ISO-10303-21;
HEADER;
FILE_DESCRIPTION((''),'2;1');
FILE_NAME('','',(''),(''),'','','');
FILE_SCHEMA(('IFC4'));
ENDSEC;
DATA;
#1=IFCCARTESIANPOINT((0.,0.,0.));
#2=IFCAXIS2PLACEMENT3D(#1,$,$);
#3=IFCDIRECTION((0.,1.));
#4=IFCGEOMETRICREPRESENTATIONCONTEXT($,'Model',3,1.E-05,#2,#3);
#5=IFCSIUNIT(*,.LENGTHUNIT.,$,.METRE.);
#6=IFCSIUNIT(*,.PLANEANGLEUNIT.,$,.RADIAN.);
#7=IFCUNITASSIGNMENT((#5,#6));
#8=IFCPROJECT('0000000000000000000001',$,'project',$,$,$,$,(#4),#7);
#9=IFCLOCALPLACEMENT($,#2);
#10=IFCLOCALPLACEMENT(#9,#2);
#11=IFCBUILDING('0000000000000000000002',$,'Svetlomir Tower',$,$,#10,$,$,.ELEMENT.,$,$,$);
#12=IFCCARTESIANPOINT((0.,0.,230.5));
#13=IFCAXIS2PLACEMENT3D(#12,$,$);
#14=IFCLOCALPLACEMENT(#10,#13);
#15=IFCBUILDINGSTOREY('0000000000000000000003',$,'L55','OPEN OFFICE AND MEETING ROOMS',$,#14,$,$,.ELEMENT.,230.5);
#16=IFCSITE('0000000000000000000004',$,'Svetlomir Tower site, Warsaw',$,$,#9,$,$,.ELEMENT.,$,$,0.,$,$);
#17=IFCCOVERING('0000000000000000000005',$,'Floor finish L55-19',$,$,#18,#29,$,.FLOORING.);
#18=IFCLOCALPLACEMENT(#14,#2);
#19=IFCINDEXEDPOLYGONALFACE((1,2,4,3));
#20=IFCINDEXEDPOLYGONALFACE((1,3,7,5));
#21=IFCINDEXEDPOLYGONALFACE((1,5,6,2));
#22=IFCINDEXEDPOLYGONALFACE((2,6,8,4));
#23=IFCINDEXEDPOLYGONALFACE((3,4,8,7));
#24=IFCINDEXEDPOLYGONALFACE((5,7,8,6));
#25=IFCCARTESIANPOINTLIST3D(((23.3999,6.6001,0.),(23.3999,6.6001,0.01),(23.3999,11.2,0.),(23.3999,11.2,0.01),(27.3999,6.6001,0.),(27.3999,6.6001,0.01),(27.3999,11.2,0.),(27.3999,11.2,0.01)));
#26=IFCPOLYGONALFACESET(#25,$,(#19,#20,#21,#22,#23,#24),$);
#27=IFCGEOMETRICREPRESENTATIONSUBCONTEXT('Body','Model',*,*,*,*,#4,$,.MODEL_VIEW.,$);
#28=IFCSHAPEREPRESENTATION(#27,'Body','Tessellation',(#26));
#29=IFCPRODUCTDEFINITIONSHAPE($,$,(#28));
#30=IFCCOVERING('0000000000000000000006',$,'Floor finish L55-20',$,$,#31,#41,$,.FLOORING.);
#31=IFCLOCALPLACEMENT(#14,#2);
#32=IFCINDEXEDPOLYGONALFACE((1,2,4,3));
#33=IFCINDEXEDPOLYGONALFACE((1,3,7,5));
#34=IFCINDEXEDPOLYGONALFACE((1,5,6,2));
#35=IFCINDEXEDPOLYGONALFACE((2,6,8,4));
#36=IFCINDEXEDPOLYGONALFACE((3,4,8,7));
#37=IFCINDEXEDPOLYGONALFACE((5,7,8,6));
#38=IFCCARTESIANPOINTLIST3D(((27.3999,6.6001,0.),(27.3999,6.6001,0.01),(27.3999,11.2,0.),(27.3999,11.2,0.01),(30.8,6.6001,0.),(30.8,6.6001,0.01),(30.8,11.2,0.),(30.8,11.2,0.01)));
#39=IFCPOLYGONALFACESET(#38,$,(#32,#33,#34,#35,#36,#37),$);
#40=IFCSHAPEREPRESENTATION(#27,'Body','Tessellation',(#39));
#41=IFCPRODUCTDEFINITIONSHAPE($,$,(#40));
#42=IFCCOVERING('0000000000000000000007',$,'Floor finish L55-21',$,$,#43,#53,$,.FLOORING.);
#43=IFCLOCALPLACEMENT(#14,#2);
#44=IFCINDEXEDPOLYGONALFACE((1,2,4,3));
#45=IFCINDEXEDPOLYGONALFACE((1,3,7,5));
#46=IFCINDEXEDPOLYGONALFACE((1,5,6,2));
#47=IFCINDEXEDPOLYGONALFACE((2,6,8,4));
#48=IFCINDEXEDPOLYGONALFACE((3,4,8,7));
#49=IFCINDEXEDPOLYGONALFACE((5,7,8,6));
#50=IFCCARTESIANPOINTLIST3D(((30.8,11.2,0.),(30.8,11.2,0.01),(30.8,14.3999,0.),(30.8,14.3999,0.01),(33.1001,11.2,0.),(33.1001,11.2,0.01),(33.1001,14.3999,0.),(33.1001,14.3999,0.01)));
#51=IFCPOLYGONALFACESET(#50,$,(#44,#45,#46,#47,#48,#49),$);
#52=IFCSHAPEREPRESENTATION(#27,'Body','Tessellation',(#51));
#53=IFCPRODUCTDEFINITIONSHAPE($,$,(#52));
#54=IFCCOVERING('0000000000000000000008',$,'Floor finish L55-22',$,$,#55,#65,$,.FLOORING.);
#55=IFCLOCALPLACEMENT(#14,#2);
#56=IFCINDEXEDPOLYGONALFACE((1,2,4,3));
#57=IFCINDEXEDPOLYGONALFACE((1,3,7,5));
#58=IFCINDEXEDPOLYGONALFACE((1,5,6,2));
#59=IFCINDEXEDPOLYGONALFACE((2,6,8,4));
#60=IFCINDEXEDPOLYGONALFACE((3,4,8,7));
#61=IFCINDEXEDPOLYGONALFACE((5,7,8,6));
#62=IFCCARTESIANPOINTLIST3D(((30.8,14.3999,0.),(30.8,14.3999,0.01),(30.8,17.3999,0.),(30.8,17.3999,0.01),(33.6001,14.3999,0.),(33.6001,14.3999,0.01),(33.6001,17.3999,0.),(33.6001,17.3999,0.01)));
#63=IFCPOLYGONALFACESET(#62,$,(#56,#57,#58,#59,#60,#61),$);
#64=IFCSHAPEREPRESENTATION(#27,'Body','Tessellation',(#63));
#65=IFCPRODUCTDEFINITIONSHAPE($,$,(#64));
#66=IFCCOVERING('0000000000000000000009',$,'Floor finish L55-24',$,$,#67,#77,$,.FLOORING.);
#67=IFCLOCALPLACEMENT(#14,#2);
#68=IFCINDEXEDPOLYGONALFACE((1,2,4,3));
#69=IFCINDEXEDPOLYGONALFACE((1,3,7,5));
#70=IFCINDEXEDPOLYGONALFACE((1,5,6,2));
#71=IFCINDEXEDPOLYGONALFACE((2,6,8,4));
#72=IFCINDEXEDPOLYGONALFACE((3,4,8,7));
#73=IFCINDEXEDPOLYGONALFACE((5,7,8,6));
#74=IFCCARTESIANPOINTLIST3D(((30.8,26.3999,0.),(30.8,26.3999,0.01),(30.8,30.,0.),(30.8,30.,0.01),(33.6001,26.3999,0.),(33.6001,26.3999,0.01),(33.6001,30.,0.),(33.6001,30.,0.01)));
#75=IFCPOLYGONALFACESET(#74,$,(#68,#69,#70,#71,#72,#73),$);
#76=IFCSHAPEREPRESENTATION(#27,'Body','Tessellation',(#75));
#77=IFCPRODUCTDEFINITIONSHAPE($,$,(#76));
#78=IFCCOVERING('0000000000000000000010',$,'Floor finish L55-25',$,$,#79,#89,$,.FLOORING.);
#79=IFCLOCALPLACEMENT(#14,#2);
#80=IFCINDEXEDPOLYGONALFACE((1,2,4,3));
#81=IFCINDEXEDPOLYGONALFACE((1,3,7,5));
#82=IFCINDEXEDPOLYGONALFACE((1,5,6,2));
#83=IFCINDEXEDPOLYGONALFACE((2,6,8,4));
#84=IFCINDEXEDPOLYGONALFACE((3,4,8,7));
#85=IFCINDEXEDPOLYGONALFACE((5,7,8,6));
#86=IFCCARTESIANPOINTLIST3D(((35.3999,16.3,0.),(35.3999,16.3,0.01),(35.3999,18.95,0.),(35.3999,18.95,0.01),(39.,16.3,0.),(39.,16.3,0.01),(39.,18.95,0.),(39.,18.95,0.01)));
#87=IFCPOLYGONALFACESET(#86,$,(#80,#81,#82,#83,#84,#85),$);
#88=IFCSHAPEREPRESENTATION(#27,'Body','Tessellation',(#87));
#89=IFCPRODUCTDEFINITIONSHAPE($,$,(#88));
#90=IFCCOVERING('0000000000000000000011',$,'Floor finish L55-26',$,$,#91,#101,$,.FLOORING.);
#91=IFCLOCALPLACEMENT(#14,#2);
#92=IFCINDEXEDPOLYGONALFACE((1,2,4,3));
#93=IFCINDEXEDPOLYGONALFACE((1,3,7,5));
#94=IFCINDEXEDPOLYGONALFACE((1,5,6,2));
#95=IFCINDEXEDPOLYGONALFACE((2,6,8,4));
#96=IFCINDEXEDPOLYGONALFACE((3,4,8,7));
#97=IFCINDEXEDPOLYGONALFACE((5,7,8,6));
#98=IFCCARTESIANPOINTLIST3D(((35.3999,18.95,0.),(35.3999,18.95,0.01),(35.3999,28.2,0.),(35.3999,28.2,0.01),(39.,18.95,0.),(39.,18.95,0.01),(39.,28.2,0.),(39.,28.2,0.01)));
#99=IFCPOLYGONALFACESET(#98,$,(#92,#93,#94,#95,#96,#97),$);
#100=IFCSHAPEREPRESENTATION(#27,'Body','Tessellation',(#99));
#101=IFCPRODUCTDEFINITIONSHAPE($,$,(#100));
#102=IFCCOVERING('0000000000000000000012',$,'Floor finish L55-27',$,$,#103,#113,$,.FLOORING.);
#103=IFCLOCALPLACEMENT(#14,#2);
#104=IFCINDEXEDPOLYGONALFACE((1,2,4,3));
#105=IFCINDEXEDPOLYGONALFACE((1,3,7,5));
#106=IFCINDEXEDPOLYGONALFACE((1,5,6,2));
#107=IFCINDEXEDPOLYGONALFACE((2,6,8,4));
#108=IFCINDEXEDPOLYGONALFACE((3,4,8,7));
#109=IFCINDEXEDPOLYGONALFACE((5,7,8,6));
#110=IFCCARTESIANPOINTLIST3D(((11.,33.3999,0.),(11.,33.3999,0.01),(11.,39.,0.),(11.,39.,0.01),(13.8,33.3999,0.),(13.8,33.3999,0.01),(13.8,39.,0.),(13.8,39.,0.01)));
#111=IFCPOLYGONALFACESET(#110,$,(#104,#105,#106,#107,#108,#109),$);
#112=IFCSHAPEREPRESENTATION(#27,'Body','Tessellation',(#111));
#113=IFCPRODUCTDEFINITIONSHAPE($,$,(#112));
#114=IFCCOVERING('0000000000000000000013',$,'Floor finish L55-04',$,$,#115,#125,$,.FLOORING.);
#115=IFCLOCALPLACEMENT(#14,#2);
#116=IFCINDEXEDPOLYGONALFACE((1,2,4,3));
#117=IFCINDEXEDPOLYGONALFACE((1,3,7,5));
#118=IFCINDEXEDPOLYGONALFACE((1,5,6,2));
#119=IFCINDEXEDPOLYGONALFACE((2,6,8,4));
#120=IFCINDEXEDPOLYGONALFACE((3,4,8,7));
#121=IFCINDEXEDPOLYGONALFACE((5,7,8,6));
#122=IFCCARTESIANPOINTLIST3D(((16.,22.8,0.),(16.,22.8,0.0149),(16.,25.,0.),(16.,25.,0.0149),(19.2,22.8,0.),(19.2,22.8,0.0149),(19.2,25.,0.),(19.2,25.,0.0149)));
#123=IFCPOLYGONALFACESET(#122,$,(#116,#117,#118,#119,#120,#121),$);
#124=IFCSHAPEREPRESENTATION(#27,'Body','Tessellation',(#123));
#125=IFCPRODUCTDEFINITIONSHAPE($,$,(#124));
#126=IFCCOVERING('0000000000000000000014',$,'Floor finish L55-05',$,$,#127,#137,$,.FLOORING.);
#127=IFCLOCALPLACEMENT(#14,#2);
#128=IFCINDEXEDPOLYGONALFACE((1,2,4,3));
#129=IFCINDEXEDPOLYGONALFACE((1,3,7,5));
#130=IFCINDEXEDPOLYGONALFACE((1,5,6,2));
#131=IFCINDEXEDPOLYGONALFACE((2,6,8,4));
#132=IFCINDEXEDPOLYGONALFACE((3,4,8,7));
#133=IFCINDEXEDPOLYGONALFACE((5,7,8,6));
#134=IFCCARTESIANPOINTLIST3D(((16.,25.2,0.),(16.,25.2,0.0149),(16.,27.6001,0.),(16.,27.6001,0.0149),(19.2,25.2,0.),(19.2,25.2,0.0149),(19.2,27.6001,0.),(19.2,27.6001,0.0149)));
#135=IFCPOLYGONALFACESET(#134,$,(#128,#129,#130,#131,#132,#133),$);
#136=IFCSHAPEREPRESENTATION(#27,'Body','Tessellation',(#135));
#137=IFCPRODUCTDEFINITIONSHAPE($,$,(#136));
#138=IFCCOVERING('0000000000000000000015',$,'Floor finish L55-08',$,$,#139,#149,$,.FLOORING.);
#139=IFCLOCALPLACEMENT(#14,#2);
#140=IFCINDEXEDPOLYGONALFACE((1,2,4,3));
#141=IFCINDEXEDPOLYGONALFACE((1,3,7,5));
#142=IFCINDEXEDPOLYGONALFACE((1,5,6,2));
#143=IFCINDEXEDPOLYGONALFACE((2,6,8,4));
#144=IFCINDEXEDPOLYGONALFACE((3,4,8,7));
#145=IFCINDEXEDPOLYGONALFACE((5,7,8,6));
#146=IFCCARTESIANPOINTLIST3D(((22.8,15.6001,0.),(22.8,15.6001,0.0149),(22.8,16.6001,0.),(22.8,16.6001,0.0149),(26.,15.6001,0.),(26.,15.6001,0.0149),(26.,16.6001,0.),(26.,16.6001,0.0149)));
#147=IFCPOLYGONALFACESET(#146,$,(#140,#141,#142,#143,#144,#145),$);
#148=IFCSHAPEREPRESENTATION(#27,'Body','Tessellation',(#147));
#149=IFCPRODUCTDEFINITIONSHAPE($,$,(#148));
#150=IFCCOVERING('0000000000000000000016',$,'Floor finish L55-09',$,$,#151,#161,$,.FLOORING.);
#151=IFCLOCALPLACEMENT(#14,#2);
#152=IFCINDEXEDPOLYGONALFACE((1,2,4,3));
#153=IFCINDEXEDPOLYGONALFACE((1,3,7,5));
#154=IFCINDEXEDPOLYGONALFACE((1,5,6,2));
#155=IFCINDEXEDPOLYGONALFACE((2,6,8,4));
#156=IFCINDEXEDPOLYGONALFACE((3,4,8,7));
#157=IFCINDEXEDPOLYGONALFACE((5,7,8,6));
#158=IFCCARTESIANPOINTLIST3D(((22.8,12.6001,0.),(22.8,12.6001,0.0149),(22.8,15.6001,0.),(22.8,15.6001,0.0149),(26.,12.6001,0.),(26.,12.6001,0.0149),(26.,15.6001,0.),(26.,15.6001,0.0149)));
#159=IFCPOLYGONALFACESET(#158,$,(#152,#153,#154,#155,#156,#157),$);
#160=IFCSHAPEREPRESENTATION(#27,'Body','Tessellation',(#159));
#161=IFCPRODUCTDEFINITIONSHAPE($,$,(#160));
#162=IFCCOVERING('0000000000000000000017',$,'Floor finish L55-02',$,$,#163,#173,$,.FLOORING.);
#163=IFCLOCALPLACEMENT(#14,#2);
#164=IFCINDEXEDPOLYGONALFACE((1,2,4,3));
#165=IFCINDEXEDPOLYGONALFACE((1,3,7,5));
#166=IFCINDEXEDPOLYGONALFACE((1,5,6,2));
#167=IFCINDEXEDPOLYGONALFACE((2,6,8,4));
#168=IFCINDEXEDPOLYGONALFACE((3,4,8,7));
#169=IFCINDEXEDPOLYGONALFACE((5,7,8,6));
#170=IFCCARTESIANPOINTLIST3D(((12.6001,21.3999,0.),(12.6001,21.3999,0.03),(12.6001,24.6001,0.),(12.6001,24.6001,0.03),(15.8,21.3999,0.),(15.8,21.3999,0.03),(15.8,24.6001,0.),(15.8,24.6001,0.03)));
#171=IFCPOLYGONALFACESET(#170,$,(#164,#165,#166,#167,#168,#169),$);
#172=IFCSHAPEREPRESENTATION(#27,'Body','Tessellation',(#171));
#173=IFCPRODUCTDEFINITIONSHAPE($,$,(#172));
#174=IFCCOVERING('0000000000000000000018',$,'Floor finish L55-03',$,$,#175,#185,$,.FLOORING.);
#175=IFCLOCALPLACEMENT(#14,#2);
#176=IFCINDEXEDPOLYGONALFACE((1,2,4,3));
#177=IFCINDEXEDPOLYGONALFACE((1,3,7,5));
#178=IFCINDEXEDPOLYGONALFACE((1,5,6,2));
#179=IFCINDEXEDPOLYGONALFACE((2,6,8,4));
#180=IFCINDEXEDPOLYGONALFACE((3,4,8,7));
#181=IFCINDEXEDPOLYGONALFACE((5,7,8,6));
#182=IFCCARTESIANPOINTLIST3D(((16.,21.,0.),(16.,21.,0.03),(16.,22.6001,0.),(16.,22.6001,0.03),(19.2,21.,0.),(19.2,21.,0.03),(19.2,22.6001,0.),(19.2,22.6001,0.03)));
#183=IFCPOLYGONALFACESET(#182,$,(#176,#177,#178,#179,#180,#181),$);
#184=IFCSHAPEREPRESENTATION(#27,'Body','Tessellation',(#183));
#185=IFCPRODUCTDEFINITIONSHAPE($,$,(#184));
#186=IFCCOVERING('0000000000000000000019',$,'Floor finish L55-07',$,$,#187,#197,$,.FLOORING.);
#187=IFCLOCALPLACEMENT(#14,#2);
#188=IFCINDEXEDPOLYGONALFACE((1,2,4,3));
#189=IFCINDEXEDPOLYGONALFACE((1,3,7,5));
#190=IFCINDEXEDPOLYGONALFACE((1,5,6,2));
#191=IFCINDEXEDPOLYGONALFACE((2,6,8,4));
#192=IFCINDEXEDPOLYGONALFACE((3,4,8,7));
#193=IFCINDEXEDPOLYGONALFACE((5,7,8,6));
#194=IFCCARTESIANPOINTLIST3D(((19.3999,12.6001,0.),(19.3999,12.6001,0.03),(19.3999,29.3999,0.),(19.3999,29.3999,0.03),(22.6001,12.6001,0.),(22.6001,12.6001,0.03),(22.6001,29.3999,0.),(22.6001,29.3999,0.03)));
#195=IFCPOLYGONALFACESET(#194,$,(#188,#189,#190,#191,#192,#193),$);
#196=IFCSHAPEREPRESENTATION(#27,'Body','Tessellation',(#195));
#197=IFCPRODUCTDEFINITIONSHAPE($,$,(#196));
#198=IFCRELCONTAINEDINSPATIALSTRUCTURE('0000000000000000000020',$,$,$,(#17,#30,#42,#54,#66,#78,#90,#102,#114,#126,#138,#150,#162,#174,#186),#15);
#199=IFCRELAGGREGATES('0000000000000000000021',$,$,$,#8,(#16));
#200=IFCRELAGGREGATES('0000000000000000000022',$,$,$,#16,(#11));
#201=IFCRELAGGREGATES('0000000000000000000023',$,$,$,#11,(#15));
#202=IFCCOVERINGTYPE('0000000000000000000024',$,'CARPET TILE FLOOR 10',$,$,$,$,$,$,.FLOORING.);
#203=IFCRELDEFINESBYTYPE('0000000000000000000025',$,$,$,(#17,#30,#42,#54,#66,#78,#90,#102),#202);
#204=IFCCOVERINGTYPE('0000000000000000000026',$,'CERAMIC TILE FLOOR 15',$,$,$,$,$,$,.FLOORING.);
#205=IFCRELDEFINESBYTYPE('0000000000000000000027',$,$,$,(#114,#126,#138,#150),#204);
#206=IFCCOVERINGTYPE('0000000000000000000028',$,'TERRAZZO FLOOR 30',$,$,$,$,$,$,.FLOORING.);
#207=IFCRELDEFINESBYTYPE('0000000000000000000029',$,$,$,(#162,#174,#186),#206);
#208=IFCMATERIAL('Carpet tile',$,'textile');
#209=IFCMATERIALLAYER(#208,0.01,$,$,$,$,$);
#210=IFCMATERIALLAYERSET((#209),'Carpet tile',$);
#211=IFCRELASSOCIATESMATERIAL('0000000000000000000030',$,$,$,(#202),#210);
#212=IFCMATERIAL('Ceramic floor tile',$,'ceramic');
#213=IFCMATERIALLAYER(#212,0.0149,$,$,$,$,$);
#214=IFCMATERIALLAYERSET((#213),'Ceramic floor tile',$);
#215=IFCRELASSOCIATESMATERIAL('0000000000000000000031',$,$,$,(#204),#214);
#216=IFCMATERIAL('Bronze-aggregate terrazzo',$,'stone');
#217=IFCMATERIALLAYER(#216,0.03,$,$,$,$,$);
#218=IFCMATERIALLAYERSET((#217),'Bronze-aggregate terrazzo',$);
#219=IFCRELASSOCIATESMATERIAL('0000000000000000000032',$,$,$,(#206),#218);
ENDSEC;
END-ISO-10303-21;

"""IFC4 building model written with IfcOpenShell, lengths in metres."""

from ifc_helpers import new_model, si_unit, direction, frame, origin, place, context, subcontext, project, spatial, polyline, outline, extrude, material, layer, layer_set, type_object, element, save


model = new_model("IFC4")

# Units and contexts
model_context = context("Model", 3, precision=1e-05, world=origin(), true_north=direction((0.0, 1.0)))
body_context = subcontext(model_context, "Body", "Model", "MODEL_VIEW")
ifc_project = project(units=[si_unit("LENGTHUNIT", "METRE"), si_unit("PLANEANGLEUNIT", "RADIAN")], contexts=[model_context])

# Site, building, storey
site_placement = place(None, origin())
site = spatial("IfcSite", under=ifc_project, at=site_placement, Name="Svetlomir Tower site, Warsaw", CompositionType="ELEMENT", RefElevation=0.0)
building_placement = place(site_placement, origin())
building = spatial("IfcBuilding", under=site, at=building_placement, Name="Svetlomir Tower", CompositionType="ELEMENT")
storey_placement = place(building_placement, frame((0.0, 0.0, 230.5)))
storey = spatial("IfcBuildingStorey", under=building, at=storey_placement, Name="L55", Description="OPEN OFFICE AND MEETING ROOMS", CompositionType="ELEMENT", Elevation=230.5)

# Coverings
ifc_material_1 = material(Name="Carpet tile", Category="textile")
ifc_layer_1 = layer(ifc_material_1, 0.01)
ifc_layer_set_1 = layer_set([ifc_layer_1], Name="Carpet tile")
covering_type_1 = type_object("IfcCoveringType", Name="CARPET TILE FLOOR 10", PredefinedType="FLOORING", material=ifc_layer_set_1)
covering_1_placement = place(storey_placement, origin())
element("IfcCovering", 1, at=covering_1_placement, inside=storey, type_object=covering_type_1, Name="Floor finish L55-19", PredefinedType="FLOORING", context=body_context, shape_type="SweptSolid", body=[
    extrude(outline(polyline([(23.3999, 6.6001), (27.3999, 6.6001), (27.3999, 11.2), (23.3999, 11.2), (23.3999, 6.6001)])), origin(), (0.0, 0.0, 1.0), 0.01),
])
covering_2_placement = place(storey_placement, origin())
element("IfcCovering", 2, at=covering_2_placement, inside=storey, type_object=covering_type_1, Name="Floor finish L55-20", PredefinedType="FLOORING", context=body_context, shape_type="SweptSolid", body=[
    extrude(outline(polyline([(27.3999, 6.6001), (30.8, 6.6001), (30.8, 11.2), (27.3999, 11.2), (27.3999, 6.6001)])), origin(), (0.0, 0.0, 1.0), 0.01),
])
covering_3_placement = place(storey_placement, origin())
element("IfcCovering", 3, at=covering_3_placement, inside=storey, type_object=covering_type_1, Name="Floor finish L55-21", PredefinedType="FLOORING", context=body_context, shape_type="SweptSolid", body=[
    extrude(outline(polyline([(30.8, 11.2), (33.1001, 11.2), (33.1001, 14.3999), (30.8, 14.3999), (30.8, 11.2)])), origin(), (0.0, 0.0, 1.0), 0.01),
])
covering_4_placement = place(storey_placement, origin())
element("IfcCovering", 4, at=covering_4_placement, inside=storey, type_object=covering_type_1, Name="Floor finish L55-22", PredefinedType="FLOORING", context=body_context, shape_type="SweptSolid", body=[
    extrude(outline(polyline([(30.8, 14.3999), (33.6001, 14.3999), (33.6001, 17.3999), (30.8, 17.3999), (30.8, 14.3999)])), origin(), (0.0, 0.0, 1.0), 0.01),
])
covering_5_placement = place(storey_placement, origin())
element("IfcCovering", 5, at=covering_5_placement, inside=storey, type_object=covering_type_1, Name="Floor finish L55-24", PredefinedType="FLOORING", context=body_context, shape_type="SweptSolid", body=[
    extrude(outline(polyline([(30.8, 26.3999), (33.6001, 26.3999), (33.6001, 30.0), (30.8, 30.0), (30.8, 26.3999)])), origin(), (0.0, 0.0, 1.0), 0.01),
])
covering_6_placement = place(storey_placement, origin())
element("IfcCovering", 6, at=covering_6_placement, inside=storey, type_object=covering_type_1, Name="Floor finish L55-25", PredefinedType="FLOORING", context=body_context, shape_type="SweptSolid", body=[
    extrude(outline(polyline([(35.3999, 16.3), (39.0, 16.3), (39.0, 18.95), (35.3999, 18.95), (35.3999, 16.3)])), origin(), (0.0, 0.0, 1.0), 0.01),
])
covering_7_placement = place(storey_placement, origin())
element("IfcCovering", 7, at=covering_7_placement, inside=storey, type_object=covering_type_1, Name="Floor finish L55-26", PredefinedType="FLOORING", context=body_context, shape_type="SweptSolid", body=[
    extrude(outline(polyline([(35.3999, 18.95), (39.0, 18.95), (39.0, 28.2), (35.3999, 28.2), (35.3999, 18.95)])), origin(), (0.0, 0.0, 1.0), 0.01),
])
covering_8_placement = place(storey_placement, origin())
element("IfcCovering", 8, at=covering_8_placement, inside=storey, type_object=covering_type_1, Name="Floor finish L55-27", PredefinedType="FLOORING", context=body_context, shape_type="SweptSolid", body=[
    extrude(outline(polyline([(11.0, 33.3999), (13.8, 33.3999), (13.8, 39.0), (11.0, 39.0), (11.0, 33.3999)])), origin(), (0.0, 0.0, 1.0), 0.01),
])
ifc_material_2 = material(Name="Ceramic floor tile", Category="ceramic")
ifc_layer_2 = layer(ifc_material_2, 0.0149)
ifc_layer_set_2 = layer_set([ifc_layer_2], Name="Ceramic floor tile")
covering_type_2 = type_object("IfcCoveringType", Name="CERAMIC TILE FLOOR 15", PredefinedType="FLOORING", material=ifc_layer_set_2)
covering_9_placement = place(storey_placement, origin())
element("IfcCovering", 9, at=covering_9_placement, inside=storey, type_object=covering_type_2, Name="Floor finish L55-04", PredefinedType="FLOORING", context=body_context, shape_type="SweptSolid", body=[
    extrude(outline(polyline([(16.0, 22.8), (19.2, 22.8), (19.2, 25.0), (16.0, 25.0), (16.0, 22.8)])), origin(), (0.0, 0.0, 1.0), 0.0149),
])
covering_10_placement = place(storey_placement, origin())
element("IfcCovering", 10, at=covering_10_placement, inside=storey, type_object=covering_type_2, Name="Floor finish L55-05", PredefinedType="FLOORING", context=body_context, shape_type="SweptSolid", body=[
    extrude(outline(polyline([(16.0, 25.2), (19.2, 25.2), (19.2, 27.6001), (16.0, 27.6001), (16.0, 25.2)])), origin(), (0.0, 0.0, 1.0), 0.0149),
])
covering_11_placement = place(storey_placement, origin())
element("IfcCovering", 11, at=covering_11_placement, inside=storey, type_object=covering_type_2, Name="Floor finish L55-08", PredefinedType="FLOORING", context=body_context, shape_type="SweptSolid", body=[
    extrude(outline(polyline([(22.8, 15.6001), (26.0, 15.6001), (26.0, 16.6001), (22.8, 16.6001), (22.8, 15.6001)])), origin(), (0.0, 0.0, 1.0), 0.0149),
])
covering_12_placement = place(storey_placement, origin())
element("IfcCovering", 12, at=covering_12_placement, inside=storey, type_object=covering_type_2, Name="Floor finish L55-09", PredefinedType="FLOORING", context=body_context, shape_type="SweptSolid", body=[
    extrude(outline(polyline([(22.8, 12.6001), (26.0, 12.6001), (26.0, 15.6001), (22.8, 15.6001), (22.8, 12.6001)])), origin(), (0.0, 0.0, 1.0), 0.0149),
])
ifc_material_3 = material(Name="Bronze-aggregate terrazzo", Category="stone")
ifc_layer_3 = layer(ifc_material_3, 0.03)
ifc_layer_set_3 = layer_set([ifc_layer_3], Name="Bronze-aggregate terrazzo")
covering_type_3 = type_object("IfcCoveringType", Name="TERRAZZO FLOOR 30", PredefinedType="FLOORING", material=ifc_layer_set_3)
covering_13_placement = place(storey_placement, origin())
element("IfcCovering", 13, at=covering_13_placement, inside=storey, type_object=covering_type_3, Name="Floor finish L55-02", PredefinedType="FLOORING", context=body_context, shape_type="SweptSolid", body=[
    extrude(outline(polyline([(12.6001, 21.3999), (15.8, 21.3999), (15.8, 24.6001), (12.6001, 24.6001), (12.6001, 21.3999)])), origin(), (0.0, 0.0, 1.0), 0.03),
])
covering_14_placement = place(storey_placement, origin())
element("IfcCovering", 14, at=covering_14_placement, inside=storey, type_object=covering_type_3, Name="Floor finish L55-03", PredefinedType="FLOORING", context=body_context, shape_type="SweptSolid", body=[
    extrude(outline(polyline([(16.0, 21.0), (19.2, 21.0), (19.2, 22.6001), (16.0, 22.6001), (16.0, 21.0)])), origin(), (0.0, 0.0, 1.0), 0.03),
])
covering_15_placement = place(storey_placement, origin())
element("IfcCovering", 15, at=covering_15_placement, inside=storey, type_object=covering_type_3, Name="Floor finish L55-07", PredefinedType="FLOORING", context=body_context, shape_type="SweptSolid", body=[
    extrude(outline(polyline([(19.3999, 12.6001), (22.6001, 12.6001), (22.6001, 29.3999), (19.3999, 29.3999), (19.3999, 12.6001)])), origin(), (0.0, 0.0, 1.0), 0.03),
])

save(model, "model.ifc")
